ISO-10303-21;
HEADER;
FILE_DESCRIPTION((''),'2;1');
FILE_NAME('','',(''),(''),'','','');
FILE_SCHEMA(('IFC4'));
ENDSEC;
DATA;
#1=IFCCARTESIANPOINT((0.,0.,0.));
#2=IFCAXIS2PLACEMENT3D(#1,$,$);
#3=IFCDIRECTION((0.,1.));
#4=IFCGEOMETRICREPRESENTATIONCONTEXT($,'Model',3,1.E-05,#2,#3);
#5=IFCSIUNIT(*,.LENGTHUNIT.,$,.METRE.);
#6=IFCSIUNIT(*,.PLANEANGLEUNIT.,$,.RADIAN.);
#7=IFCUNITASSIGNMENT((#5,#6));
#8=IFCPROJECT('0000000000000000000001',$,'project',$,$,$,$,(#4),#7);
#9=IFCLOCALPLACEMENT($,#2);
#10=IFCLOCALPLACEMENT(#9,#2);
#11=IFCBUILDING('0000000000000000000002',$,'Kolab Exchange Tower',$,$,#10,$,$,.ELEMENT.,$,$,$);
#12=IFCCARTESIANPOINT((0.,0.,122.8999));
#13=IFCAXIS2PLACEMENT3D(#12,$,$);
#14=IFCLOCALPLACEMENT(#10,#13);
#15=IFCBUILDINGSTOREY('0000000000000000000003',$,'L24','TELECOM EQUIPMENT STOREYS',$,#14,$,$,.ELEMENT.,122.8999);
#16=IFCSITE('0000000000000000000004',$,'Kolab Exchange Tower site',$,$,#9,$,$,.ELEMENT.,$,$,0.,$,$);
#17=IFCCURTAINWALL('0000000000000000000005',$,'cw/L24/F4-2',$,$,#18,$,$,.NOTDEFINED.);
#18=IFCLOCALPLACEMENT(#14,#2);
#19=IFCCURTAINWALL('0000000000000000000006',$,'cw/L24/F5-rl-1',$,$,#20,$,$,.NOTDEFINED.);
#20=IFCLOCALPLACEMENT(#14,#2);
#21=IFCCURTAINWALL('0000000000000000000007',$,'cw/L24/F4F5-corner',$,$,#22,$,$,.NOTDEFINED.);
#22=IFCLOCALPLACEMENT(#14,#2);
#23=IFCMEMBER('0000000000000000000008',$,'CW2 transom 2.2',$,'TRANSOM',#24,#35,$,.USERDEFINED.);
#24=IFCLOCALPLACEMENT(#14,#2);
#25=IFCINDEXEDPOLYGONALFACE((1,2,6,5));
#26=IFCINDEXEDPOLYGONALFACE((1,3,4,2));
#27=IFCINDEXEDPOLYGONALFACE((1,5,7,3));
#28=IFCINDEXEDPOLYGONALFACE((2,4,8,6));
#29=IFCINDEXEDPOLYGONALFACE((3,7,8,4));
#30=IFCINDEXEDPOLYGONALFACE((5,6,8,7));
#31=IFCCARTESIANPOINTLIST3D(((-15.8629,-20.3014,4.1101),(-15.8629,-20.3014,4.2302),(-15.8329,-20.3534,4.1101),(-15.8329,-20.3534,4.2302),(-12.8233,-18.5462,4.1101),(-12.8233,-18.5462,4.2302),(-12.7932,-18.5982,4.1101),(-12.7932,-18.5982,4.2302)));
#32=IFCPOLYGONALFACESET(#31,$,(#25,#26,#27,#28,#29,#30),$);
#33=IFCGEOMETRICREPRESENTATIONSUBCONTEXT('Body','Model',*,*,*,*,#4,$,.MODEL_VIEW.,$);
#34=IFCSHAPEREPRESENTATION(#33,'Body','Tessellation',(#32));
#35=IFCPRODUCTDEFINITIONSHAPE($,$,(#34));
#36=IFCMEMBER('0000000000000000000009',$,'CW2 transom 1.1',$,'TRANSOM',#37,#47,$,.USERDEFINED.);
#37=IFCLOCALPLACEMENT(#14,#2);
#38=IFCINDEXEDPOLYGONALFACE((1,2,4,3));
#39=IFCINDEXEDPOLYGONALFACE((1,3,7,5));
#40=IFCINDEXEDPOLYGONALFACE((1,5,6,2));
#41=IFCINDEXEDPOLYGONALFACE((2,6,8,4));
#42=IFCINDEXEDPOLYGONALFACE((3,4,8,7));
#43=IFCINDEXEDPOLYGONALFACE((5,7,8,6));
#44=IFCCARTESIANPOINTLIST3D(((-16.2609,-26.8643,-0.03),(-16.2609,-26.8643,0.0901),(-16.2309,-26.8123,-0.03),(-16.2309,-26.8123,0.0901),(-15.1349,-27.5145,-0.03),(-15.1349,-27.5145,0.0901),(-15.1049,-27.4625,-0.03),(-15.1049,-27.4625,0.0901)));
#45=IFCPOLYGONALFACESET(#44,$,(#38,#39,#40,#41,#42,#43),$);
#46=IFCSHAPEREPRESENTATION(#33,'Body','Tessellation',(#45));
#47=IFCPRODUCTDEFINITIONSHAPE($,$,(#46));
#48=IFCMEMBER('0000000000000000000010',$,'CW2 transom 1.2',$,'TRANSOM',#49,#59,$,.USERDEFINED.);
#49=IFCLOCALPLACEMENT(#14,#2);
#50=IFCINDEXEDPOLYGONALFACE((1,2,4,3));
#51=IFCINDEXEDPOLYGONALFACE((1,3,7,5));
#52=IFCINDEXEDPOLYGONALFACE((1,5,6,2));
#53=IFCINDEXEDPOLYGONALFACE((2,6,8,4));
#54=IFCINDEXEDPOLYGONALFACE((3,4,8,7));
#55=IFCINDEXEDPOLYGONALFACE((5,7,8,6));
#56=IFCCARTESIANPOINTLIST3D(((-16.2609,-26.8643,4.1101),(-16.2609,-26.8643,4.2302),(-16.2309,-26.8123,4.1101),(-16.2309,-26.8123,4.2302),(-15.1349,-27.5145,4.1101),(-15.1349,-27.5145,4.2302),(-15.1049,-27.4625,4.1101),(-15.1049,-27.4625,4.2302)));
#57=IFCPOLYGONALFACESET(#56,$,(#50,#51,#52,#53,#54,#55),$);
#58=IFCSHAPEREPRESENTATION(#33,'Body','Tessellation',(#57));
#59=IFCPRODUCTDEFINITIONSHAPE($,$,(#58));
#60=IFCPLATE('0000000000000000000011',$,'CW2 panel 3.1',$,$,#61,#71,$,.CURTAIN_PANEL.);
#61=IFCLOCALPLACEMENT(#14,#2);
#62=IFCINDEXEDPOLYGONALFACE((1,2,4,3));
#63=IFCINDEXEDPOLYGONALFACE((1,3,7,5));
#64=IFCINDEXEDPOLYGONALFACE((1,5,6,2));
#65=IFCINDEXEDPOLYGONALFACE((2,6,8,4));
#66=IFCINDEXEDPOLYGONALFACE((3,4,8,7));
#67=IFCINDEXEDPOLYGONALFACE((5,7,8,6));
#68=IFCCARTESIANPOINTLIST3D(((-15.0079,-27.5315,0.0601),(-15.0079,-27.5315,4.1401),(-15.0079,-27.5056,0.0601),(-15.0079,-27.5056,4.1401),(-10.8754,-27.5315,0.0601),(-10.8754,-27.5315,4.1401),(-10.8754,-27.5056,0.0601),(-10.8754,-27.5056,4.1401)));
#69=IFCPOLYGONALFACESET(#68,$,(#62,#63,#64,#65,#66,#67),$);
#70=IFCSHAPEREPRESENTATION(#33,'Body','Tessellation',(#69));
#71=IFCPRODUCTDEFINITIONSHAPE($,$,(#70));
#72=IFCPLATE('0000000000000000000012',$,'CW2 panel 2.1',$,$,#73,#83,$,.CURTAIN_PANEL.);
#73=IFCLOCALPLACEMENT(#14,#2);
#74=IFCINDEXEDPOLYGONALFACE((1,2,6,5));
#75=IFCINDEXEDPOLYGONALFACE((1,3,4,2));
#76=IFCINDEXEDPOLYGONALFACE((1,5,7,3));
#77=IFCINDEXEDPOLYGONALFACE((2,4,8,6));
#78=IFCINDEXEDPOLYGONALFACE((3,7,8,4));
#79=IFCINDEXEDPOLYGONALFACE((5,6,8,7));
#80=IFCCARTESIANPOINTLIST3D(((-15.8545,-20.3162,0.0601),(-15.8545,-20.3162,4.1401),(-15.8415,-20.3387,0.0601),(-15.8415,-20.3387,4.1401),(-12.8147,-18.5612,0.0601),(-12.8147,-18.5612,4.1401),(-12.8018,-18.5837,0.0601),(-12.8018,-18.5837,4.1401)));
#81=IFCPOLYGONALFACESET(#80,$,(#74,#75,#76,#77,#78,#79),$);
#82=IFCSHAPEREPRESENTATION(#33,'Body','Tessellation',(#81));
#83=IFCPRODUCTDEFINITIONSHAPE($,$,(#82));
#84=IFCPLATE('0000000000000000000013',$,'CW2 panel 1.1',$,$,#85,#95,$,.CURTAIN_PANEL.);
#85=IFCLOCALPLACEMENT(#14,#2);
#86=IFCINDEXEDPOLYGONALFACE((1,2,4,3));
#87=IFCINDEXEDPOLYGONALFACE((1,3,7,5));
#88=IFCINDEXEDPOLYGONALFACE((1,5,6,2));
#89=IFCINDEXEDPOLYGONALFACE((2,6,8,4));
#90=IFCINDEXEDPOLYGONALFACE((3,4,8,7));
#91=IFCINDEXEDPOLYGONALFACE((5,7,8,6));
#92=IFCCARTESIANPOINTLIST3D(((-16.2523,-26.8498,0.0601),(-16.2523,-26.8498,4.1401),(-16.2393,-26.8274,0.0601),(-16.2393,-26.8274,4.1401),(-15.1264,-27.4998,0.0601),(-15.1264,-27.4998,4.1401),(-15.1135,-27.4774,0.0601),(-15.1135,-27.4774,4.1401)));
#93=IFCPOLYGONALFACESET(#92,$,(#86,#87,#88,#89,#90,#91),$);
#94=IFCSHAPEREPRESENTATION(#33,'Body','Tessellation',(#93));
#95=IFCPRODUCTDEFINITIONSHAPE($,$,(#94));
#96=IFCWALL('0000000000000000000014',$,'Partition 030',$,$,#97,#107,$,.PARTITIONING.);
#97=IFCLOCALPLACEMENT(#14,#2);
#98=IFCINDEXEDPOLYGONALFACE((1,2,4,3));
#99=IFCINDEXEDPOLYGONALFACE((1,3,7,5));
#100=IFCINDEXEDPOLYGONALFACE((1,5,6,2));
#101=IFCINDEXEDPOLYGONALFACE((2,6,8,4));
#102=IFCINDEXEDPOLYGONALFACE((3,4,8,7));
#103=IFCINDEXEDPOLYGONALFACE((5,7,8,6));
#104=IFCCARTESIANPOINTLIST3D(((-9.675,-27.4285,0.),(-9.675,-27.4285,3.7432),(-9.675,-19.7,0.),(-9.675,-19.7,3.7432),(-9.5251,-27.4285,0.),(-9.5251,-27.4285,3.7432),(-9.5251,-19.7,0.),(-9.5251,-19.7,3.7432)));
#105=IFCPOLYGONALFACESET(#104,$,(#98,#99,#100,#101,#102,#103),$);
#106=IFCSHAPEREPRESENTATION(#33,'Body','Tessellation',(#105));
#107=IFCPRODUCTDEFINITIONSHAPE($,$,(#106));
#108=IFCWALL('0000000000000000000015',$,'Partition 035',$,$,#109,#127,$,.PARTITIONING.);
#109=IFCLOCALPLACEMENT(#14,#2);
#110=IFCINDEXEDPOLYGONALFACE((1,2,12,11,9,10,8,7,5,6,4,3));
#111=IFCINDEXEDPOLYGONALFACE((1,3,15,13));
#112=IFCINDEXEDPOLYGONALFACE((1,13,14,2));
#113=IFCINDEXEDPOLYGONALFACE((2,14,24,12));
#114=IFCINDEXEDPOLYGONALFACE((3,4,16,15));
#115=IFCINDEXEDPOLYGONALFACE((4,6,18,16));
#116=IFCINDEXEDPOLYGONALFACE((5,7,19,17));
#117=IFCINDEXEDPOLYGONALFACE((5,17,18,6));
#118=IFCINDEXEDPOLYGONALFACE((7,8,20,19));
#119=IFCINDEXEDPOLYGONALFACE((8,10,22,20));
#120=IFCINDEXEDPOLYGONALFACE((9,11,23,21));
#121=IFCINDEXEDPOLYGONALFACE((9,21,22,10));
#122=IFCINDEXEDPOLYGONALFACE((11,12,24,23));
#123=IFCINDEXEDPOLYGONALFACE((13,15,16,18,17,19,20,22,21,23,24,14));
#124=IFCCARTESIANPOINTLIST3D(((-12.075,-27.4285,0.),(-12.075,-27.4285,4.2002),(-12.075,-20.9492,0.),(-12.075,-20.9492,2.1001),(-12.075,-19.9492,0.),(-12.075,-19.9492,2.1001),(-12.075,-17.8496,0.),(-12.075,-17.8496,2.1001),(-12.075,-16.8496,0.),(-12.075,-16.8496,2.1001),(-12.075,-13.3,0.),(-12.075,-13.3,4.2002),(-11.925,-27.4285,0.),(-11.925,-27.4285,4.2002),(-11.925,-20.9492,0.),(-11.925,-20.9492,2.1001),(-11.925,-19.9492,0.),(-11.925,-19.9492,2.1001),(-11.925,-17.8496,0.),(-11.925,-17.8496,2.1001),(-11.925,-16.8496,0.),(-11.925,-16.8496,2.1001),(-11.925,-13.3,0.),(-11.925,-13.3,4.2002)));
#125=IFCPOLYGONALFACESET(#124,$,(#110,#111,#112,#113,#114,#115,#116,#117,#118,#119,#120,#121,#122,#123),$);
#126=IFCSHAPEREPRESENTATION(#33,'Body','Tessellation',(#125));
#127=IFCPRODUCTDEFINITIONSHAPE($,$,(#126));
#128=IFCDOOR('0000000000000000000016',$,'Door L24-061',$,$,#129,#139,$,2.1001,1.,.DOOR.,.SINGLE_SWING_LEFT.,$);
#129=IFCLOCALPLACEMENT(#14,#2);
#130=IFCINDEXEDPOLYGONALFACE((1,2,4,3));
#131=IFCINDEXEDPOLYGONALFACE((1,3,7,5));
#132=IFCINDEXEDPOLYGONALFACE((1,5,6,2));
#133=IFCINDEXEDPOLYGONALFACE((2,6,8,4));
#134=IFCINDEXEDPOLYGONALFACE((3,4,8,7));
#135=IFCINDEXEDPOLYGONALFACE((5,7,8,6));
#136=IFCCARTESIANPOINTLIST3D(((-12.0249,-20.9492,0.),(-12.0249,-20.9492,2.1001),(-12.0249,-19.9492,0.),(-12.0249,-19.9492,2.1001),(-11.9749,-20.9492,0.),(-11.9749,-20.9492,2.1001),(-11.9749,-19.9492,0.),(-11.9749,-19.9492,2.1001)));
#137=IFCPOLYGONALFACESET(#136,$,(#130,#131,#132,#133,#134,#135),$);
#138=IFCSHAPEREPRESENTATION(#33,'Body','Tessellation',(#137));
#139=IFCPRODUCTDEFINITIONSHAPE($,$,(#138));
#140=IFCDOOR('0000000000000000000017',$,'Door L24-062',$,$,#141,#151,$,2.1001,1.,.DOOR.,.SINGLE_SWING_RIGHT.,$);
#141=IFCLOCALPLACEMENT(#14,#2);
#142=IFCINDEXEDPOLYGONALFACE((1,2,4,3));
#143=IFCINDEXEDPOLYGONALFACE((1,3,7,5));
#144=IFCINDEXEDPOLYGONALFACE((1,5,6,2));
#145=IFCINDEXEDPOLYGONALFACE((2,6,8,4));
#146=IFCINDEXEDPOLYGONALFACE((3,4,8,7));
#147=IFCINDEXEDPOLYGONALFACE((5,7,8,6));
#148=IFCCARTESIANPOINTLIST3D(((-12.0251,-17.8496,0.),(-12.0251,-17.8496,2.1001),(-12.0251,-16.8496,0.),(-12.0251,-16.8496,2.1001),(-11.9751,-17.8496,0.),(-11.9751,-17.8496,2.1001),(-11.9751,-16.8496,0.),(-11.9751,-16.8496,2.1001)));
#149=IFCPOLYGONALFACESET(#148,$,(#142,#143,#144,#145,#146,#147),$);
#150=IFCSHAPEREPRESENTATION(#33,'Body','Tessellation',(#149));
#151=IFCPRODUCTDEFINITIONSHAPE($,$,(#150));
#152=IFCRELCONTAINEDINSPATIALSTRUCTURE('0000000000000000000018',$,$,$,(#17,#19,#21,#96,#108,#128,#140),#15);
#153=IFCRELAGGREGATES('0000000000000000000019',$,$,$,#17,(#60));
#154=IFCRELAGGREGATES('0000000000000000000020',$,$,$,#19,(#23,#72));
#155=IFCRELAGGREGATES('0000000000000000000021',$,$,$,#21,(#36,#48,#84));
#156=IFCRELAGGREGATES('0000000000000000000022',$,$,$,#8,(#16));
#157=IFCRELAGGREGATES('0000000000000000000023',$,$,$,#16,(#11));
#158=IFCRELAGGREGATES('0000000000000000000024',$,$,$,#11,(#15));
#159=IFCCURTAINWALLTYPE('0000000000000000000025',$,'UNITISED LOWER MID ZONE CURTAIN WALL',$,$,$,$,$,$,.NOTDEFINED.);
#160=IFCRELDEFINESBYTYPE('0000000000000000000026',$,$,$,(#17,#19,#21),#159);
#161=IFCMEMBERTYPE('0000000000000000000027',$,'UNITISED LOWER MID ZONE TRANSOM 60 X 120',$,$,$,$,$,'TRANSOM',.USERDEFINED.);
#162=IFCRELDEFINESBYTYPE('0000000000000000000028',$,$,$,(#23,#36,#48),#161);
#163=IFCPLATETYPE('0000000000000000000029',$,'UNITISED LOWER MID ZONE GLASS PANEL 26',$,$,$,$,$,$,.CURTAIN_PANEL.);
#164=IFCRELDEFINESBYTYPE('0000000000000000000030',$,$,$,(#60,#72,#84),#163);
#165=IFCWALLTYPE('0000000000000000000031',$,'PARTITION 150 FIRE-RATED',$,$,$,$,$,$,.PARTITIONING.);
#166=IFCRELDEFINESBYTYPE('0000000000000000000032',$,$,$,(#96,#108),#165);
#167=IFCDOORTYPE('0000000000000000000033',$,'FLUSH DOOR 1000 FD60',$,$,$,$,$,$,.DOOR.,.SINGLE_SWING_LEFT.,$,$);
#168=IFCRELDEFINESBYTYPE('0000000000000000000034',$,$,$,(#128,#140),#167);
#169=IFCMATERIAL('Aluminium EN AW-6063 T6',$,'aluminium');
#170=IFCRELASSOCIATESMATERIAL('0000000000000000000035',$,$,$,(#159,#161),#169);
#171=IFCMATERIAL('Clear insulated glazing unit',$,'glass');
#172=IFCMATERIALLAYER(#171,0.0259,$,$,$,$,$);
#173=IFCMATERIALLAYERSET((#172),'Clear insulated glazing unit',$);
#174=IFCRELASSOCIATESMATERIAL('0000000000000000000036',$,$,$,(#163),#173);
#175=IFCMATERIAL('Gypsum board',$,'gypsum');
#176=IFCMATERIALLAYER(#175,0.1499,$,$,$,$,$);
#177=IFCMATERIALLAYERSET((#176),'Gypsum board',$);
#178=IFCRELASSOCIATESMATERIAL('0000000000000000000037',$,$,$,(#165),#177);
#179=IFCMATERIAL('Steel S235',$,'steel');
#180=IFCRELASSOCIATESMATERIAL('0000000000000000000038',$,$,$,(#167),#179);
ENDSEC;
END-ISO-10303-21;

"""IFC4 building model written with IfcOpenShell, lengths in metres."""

from ifc_helpers import new_model, si_unit, direction, frame, frame_2d, origin, origin_2d, place, context, subcontext, project, spatial, rectangle, extrude, material, layer, layer_set, material_profile, profile_set, type_object, element, fill, aggregate, save


model = new_model("IFC4")

# Units and contexts
model_context = context("Model", 3, precision=1e-05, world=origin(), true_north=direction((0.0, 1.0)))
body_context = subcontext(model_context, "Body", "Model", "MODEL_VIEW")
ifc_project = project(units=[si_unit("LENGTHUNIT", "METRE"), si_unit("PLANEANGLEUNIT", "RADIAN")], contexts=[model_context])

# Site, building, storey
site_placement = place(None, origin())
site = spatial("IfcSite", under=ifc_project, at=site_placement, Name="Kolab Exchange Tower site", CompositionType="ELEMENT", RefElevation=0.0)
building_placement = place(site_placement, origin())
building = spatial("IfcBuilding", under=site, at=building_placement, Name="Kolab Exchange Tower", CompositionType="ELEMENT")
storey_placement = place(building_placement, frame((0.0, 0.0, 122.8999)))
storey = spatial("IfcBuildingStorey", under=building, at=storey_placement, Name="L24", Description="TELECOM EQUIPMENT STOREYS", CompositionType="ELEMENT", Elevation=122.8999)

# Curtain wall
ifc_material_1 = material(Name="Aluminium EN AW-6063 T6", Category="aluminium")
curtain_wall_type = type_object("IfcCurtainWallType", Name="UNITISED LOWER MID ZONE CURTAIN WALL", PredefinedType="NOTDEFINED", material=ifc_material_1)
curtain_wall_1_placement = place(storey_placement, origin())
curtain_wall_1 = element("IfcCurtainWall", 1, at=curtain_wall_1_placement, inside=storey, type_object=curtain_wall_type, Name="cw/L24/F4-2", PredefinedType="NOTDEFINED")

# Curtain walls
curtain_wall_2_placement = place(storey_placement, origin())
curtain_wall_2 = element("IfcCurtainWall", 2, at=curtain_wall_2_placement, inside=storey, type_object=curtain_wall_type, Name="cw/L24/F5-rl-1", PredefinedType="NOTDEFINED")
curtain_wall_3_placement = place(storey_placement, origin())
curtain_wall_3 = element("IfcCurtainWall", 3, at=curtain_wall_3_placement, inside=storey, type_object=curtain_wall_type, Name="cw/L24/F4F5-corner", PredefinedType="NOTDEFINED")

# Members
ifc_material_profile_1 = material_profile(ifc_material_1, rectangle(XDim=0.0601, YDim=0.1201, at=origin_2d()), Name="RECT 60X120")
ifc_profile_set_1 = profile_set([ifc_material_profile_1], Name="Aluminium EN AW-6063 T6")
member_type_1 = type_object("IfcMemberType", Name="UNITISED LOWER MID ZONE TRANSOM 60 X 120", ElementType="TRANSOM", PredefinedType="USERDEFINED", material=ifc_profile_set_1)
member_1_placement = place(storey_placement, frame((-15.8479, -20.3274, 4.1702), z_axis=(0.865996, 0.500052, 0.0), x_axis=(-0.500052, 0.865996, 0.0)))
member_1 = element("IfcMember", 4, at=member_1_placement, type_object=member_type_1, Name="CW2 transom 2.2", ObjectType="TRANSOM", PredefinedType="USERDEFINED", context=body_context, shape_type="SweptSolid", body=[
    extrude(rectangle(XDim=0.0601, YDim=0.1201, at=origin_2d()), origin(), (0.0, 0.0, 1.0), 3.51),
])
member_2_placement = place(storey_placement, frame((-15.1199, -27.4885, 0.03), z_axis=(-0.866004, 0.500037, 0.0), x_axis=(-0.500037, -0.866004, 0.0)))
member_2 = element("IfcMember", 5, at=member_2_placement, type_object=member_type_1, Name="CW2 transom 1.1", ObjectType="TRANSOM", PredefinedType="USERDEFINED", context=body_context, shape_type="SweptSolid", body=[
    extrude(rectangle(XDim=0.0601, YDim=0.1201, at=origin_2d()), origin(), (0.0, 0.0, 1.0), 1.3003),
])
member_3_placement = place(storey_placement, frame((-15.1199, -27.4885, 4.1702), z_axis=(-0.866004, 0.500037, 0.0), x_axis=(-0.500037, -0.866004, 0.0)))
member_3 = element("IfcMember", 6, at=member_3_placement, type_object=member_type_1, Name="CW2 transom 1.2", ObjectType="TRANSOM", PredefinedType="USERDEFINED", context=body_context, shape_type="SweptSolid", body=[
    extrude(rectangle(XDim=0.0601, YDim=0.1201, at=origin_2d()), origin(), (0.0, 0.0, 1.0), 1.3003),
])

# Plates
ifc_material_2 = material(Name="Clear insulated glazing unit", Category="glass")
ifc_layer_1 = layer(ifc_material_2, 0.0259)
ifc_layer_set_1 = layer_set([ifc_layer_1], Name="Clear insulated glazing unit")
plate_type = type_object("IfcPlateType", Name="UNITISED LOWER MID ZONE GLASS PANEL 26", PredefinedType="CURTAIN_PANEL", material=ifc_layer_set_1)
plate_1_placement = place(storey_placement, frame((-12.9417, -27.5186, 0.0601), z_axis=(0.0, 0.0, 1.0), x_axis=(-1.0, 0.0, 0.0)))
plate_1 = element("IfcPlate", 7, at=plate_1_placement, type_object=plate_type, Name="CW2 panel 3.1", PredefinedType="CURTAIN_PANEL", context=body_context, shape_type="SweptSolid", body=[
    extrude(rectangle(XDim=4.1326, YDim=0.0259, at=origin_2d()), origin(), (0.0, 0.0, 1.0), 4.0801),
])
aggregate(curtain_wall_1, [plate_1])
plate_2_placement = place(storey_placement, frame((-14.3281, -19.45, 0.0601), z_axis=(0.0, 0.0, 1.0), x_axis=(0.866025, 0.5, 0.0)))
plate_2 = element("IfcPlate", 8, at=plate_2_placement, type_object=plate_type, Name="CW2 panel 2.1", PredefinedType="CURTAIN_PANEL", context=body_context, shape_type="SweptSolid", body=[
    extrude(rectangle(XDim=3.51, YDim=0.0259, at=origin_2d()), origin(), (0.0, 0.0, 1.0), 4.0801),
])
aggregate(curtain_wall_2, [member_1, plate_2])
plate_3_placement = place(storey_placement, frame((-15.6829, -27.1636, 0.0601), z_axis=(0.0, 0.0, 1.0), x_axis=(-0.866025, 0.5, 0.0)))
plate_3 = element("IfcPlate", 9, at=plate_3_placement, type_object=plate_type, Name="CW2 panel 1.1", PredefinedType="CURTAIN_PANEL", context=body_context, shape_type="SweptSolid", body=[
    extrude(rectangle(XDim=1.3, YDim=0.0259, at=origin_2d()), origin(), (0.0, 0.0, 1.0), 4.0801),
])
aggregate(curtain_wall_3, [member_2, member_3, plate_3])

# Wall
ifc_material_3 = material(Name="Gypsum board", Category="gypsum")
ifc_layer_2 = layer(ifc_material_3, 0.1499)
ifc_layer_set_2 = layer_set([ifc_layer_2], Name="Gypsum board")
wall_type = type_object("IfcWallType", Name="PARTITION 150 FIRE-RATED", PredefinedType="PARTITIONING", material=ifc_layer_set_2)
wall_1_placement = place(storey_placement, frame((-9.6001, -27.4285, 0.0), z_axis=(0.0, 0.0, 1.0), x_axis=(0.0, 1.0, 0.0)))
element("IfcWall", 10, at=wall_1_placement, inside=storey, type_object=wall_type, Name="Partition 030", PredefinedType="PARTITIONING", context=body_context, shape_type="SweptSolid", body=[
    extrude(rectangle(XDim=7.7285, YDim=0.1499, at=frame_2d((3.8643, 0.0))), origin(), (0.0, 0.0, 1.0), 3.7432),
])

# Wall, openings, doors
wall_2_placement = place(storey_placement, frame((-12.0, -27.4285, 0.0), z_axis=(0.0, 0.0, 1.0), x_axis=(0.0, 1.0, 0.0)))
wall_2 = element("IfcWall", 11, at=wall_2_placement, inside=storey, type_object=wall_type, Name="Partition 035", PredefinedType="PARTITIONING", context=body_context, shape_type="SweptSolid", body=[
    extrude(rectangle(XDim=14.1284, YDim=0.1499, at=frame_2d((7.0642, 0.0))), origin(), (0.0, 0.0, 1.0), 4.2002),
])
opening_1_placement = place(wall_2_placement, frame((6.4792, 0.0, 0.0)))
opening_1 = element("IfcOpeningElement", 12, at=opening_1_placement, cuts=wall_2, PredefinedType="OPENING", context=body_context, shape_type="SweptSolid", body=[
    extrude(rectangle(XDim=1.0, YDim=2.1001, at=frame_2d((0.5, 1.05))), frame((0.0, 0.085, 0.0), z_axis=(0.0, -1.0, 0.0), x_axis=(1.0, 0.0, 0.0)), (0.0, 0.0, 1.0), 0.1699),
])
opening_2_placement = place(wall_2_placement, frame((9.5789, 0.0, 0.0)))
opening_2 = element("IfcOpeningElement", 13, at=opening_2_placement, cuts=wall_2, PredefinedType="OPENING", context=body_context, shape_type="SweptSolid", body=[
    extrude(rectangle(XDim=1.0, YDim=2.1001, at=frame_2d((0.5, 1.05))), frame((0.0, 0.085, 0.0), z_axis=(0.0, -1.0, 0.0), x_axis=(1.0, 0.0, 0.0)), (0.0, 0.0, 1.0), 0.1699),
])
ifc_material_4 = material(Name="Steel S235", Category="steel")
door_type = type_object("IfcDoorType", Name="FLUSH DOOR 1000 FD60", OperationType="SINGLE_SWING_LEFT", PredefinedType="DOOR", material=ifc_material_4)
door_1_placement = place(opening_1_placement, origin())
door_1 = element("IfcDoor", 14, at=door_1_placement, inside=storey, type_object=door_type, Name="Door L24-061", OperationType="SINGLE_SWING_LEFT", OverallHeight=2.1001, OverallWidth=1.0, PredefinedType="DOOR", context=body_context, shape_type="SweptSolid", body=[
    extrude(rectangle(XDim=1.0, YDim=2.1001, at=frame_2d((0.5, 1.05))), frame((0.0, 0.0249, 0.0), z_axis=(0.0, -1.0, 0.0), x_axis=(1.0, 0.0, 0.0)), (0.0, 0.0, 1.0), 0.05),
])
fill(opening_1, door_1)
door_2_placement = place(opening_2_placement, frame((1.0, 0.0, 0.0), z_axis=(0.0, 0.0, 1.0), x_axis=(-1.0, 0.0, 0.0)))
door_2 = element("IfcDoor", 15, at=door_2_placement, inside=storey, type_object=door_type, Name="Door L24-062", OperationType="SINGLE_SWING_RIGHT", OverallHeight=2.1001, OverallWidth=1.0, PredefinedType="DOOR", context=body_context, shape_type="SweptSolid", body=[
    extrude(rectangle(XDim=1.0, YDim=2.1001, at=frame_2d((0.5, 1.05))), frame((0.0, 0.0249, 0.0), z_axis=(0.0, -1.0, 0.0), x_axis=(1.0, 0.0, 0.0)), (0.0, 0.0, 1.0), 0.05),
])
fill(opening_2, door_2)

save(model, "model.ifc")
